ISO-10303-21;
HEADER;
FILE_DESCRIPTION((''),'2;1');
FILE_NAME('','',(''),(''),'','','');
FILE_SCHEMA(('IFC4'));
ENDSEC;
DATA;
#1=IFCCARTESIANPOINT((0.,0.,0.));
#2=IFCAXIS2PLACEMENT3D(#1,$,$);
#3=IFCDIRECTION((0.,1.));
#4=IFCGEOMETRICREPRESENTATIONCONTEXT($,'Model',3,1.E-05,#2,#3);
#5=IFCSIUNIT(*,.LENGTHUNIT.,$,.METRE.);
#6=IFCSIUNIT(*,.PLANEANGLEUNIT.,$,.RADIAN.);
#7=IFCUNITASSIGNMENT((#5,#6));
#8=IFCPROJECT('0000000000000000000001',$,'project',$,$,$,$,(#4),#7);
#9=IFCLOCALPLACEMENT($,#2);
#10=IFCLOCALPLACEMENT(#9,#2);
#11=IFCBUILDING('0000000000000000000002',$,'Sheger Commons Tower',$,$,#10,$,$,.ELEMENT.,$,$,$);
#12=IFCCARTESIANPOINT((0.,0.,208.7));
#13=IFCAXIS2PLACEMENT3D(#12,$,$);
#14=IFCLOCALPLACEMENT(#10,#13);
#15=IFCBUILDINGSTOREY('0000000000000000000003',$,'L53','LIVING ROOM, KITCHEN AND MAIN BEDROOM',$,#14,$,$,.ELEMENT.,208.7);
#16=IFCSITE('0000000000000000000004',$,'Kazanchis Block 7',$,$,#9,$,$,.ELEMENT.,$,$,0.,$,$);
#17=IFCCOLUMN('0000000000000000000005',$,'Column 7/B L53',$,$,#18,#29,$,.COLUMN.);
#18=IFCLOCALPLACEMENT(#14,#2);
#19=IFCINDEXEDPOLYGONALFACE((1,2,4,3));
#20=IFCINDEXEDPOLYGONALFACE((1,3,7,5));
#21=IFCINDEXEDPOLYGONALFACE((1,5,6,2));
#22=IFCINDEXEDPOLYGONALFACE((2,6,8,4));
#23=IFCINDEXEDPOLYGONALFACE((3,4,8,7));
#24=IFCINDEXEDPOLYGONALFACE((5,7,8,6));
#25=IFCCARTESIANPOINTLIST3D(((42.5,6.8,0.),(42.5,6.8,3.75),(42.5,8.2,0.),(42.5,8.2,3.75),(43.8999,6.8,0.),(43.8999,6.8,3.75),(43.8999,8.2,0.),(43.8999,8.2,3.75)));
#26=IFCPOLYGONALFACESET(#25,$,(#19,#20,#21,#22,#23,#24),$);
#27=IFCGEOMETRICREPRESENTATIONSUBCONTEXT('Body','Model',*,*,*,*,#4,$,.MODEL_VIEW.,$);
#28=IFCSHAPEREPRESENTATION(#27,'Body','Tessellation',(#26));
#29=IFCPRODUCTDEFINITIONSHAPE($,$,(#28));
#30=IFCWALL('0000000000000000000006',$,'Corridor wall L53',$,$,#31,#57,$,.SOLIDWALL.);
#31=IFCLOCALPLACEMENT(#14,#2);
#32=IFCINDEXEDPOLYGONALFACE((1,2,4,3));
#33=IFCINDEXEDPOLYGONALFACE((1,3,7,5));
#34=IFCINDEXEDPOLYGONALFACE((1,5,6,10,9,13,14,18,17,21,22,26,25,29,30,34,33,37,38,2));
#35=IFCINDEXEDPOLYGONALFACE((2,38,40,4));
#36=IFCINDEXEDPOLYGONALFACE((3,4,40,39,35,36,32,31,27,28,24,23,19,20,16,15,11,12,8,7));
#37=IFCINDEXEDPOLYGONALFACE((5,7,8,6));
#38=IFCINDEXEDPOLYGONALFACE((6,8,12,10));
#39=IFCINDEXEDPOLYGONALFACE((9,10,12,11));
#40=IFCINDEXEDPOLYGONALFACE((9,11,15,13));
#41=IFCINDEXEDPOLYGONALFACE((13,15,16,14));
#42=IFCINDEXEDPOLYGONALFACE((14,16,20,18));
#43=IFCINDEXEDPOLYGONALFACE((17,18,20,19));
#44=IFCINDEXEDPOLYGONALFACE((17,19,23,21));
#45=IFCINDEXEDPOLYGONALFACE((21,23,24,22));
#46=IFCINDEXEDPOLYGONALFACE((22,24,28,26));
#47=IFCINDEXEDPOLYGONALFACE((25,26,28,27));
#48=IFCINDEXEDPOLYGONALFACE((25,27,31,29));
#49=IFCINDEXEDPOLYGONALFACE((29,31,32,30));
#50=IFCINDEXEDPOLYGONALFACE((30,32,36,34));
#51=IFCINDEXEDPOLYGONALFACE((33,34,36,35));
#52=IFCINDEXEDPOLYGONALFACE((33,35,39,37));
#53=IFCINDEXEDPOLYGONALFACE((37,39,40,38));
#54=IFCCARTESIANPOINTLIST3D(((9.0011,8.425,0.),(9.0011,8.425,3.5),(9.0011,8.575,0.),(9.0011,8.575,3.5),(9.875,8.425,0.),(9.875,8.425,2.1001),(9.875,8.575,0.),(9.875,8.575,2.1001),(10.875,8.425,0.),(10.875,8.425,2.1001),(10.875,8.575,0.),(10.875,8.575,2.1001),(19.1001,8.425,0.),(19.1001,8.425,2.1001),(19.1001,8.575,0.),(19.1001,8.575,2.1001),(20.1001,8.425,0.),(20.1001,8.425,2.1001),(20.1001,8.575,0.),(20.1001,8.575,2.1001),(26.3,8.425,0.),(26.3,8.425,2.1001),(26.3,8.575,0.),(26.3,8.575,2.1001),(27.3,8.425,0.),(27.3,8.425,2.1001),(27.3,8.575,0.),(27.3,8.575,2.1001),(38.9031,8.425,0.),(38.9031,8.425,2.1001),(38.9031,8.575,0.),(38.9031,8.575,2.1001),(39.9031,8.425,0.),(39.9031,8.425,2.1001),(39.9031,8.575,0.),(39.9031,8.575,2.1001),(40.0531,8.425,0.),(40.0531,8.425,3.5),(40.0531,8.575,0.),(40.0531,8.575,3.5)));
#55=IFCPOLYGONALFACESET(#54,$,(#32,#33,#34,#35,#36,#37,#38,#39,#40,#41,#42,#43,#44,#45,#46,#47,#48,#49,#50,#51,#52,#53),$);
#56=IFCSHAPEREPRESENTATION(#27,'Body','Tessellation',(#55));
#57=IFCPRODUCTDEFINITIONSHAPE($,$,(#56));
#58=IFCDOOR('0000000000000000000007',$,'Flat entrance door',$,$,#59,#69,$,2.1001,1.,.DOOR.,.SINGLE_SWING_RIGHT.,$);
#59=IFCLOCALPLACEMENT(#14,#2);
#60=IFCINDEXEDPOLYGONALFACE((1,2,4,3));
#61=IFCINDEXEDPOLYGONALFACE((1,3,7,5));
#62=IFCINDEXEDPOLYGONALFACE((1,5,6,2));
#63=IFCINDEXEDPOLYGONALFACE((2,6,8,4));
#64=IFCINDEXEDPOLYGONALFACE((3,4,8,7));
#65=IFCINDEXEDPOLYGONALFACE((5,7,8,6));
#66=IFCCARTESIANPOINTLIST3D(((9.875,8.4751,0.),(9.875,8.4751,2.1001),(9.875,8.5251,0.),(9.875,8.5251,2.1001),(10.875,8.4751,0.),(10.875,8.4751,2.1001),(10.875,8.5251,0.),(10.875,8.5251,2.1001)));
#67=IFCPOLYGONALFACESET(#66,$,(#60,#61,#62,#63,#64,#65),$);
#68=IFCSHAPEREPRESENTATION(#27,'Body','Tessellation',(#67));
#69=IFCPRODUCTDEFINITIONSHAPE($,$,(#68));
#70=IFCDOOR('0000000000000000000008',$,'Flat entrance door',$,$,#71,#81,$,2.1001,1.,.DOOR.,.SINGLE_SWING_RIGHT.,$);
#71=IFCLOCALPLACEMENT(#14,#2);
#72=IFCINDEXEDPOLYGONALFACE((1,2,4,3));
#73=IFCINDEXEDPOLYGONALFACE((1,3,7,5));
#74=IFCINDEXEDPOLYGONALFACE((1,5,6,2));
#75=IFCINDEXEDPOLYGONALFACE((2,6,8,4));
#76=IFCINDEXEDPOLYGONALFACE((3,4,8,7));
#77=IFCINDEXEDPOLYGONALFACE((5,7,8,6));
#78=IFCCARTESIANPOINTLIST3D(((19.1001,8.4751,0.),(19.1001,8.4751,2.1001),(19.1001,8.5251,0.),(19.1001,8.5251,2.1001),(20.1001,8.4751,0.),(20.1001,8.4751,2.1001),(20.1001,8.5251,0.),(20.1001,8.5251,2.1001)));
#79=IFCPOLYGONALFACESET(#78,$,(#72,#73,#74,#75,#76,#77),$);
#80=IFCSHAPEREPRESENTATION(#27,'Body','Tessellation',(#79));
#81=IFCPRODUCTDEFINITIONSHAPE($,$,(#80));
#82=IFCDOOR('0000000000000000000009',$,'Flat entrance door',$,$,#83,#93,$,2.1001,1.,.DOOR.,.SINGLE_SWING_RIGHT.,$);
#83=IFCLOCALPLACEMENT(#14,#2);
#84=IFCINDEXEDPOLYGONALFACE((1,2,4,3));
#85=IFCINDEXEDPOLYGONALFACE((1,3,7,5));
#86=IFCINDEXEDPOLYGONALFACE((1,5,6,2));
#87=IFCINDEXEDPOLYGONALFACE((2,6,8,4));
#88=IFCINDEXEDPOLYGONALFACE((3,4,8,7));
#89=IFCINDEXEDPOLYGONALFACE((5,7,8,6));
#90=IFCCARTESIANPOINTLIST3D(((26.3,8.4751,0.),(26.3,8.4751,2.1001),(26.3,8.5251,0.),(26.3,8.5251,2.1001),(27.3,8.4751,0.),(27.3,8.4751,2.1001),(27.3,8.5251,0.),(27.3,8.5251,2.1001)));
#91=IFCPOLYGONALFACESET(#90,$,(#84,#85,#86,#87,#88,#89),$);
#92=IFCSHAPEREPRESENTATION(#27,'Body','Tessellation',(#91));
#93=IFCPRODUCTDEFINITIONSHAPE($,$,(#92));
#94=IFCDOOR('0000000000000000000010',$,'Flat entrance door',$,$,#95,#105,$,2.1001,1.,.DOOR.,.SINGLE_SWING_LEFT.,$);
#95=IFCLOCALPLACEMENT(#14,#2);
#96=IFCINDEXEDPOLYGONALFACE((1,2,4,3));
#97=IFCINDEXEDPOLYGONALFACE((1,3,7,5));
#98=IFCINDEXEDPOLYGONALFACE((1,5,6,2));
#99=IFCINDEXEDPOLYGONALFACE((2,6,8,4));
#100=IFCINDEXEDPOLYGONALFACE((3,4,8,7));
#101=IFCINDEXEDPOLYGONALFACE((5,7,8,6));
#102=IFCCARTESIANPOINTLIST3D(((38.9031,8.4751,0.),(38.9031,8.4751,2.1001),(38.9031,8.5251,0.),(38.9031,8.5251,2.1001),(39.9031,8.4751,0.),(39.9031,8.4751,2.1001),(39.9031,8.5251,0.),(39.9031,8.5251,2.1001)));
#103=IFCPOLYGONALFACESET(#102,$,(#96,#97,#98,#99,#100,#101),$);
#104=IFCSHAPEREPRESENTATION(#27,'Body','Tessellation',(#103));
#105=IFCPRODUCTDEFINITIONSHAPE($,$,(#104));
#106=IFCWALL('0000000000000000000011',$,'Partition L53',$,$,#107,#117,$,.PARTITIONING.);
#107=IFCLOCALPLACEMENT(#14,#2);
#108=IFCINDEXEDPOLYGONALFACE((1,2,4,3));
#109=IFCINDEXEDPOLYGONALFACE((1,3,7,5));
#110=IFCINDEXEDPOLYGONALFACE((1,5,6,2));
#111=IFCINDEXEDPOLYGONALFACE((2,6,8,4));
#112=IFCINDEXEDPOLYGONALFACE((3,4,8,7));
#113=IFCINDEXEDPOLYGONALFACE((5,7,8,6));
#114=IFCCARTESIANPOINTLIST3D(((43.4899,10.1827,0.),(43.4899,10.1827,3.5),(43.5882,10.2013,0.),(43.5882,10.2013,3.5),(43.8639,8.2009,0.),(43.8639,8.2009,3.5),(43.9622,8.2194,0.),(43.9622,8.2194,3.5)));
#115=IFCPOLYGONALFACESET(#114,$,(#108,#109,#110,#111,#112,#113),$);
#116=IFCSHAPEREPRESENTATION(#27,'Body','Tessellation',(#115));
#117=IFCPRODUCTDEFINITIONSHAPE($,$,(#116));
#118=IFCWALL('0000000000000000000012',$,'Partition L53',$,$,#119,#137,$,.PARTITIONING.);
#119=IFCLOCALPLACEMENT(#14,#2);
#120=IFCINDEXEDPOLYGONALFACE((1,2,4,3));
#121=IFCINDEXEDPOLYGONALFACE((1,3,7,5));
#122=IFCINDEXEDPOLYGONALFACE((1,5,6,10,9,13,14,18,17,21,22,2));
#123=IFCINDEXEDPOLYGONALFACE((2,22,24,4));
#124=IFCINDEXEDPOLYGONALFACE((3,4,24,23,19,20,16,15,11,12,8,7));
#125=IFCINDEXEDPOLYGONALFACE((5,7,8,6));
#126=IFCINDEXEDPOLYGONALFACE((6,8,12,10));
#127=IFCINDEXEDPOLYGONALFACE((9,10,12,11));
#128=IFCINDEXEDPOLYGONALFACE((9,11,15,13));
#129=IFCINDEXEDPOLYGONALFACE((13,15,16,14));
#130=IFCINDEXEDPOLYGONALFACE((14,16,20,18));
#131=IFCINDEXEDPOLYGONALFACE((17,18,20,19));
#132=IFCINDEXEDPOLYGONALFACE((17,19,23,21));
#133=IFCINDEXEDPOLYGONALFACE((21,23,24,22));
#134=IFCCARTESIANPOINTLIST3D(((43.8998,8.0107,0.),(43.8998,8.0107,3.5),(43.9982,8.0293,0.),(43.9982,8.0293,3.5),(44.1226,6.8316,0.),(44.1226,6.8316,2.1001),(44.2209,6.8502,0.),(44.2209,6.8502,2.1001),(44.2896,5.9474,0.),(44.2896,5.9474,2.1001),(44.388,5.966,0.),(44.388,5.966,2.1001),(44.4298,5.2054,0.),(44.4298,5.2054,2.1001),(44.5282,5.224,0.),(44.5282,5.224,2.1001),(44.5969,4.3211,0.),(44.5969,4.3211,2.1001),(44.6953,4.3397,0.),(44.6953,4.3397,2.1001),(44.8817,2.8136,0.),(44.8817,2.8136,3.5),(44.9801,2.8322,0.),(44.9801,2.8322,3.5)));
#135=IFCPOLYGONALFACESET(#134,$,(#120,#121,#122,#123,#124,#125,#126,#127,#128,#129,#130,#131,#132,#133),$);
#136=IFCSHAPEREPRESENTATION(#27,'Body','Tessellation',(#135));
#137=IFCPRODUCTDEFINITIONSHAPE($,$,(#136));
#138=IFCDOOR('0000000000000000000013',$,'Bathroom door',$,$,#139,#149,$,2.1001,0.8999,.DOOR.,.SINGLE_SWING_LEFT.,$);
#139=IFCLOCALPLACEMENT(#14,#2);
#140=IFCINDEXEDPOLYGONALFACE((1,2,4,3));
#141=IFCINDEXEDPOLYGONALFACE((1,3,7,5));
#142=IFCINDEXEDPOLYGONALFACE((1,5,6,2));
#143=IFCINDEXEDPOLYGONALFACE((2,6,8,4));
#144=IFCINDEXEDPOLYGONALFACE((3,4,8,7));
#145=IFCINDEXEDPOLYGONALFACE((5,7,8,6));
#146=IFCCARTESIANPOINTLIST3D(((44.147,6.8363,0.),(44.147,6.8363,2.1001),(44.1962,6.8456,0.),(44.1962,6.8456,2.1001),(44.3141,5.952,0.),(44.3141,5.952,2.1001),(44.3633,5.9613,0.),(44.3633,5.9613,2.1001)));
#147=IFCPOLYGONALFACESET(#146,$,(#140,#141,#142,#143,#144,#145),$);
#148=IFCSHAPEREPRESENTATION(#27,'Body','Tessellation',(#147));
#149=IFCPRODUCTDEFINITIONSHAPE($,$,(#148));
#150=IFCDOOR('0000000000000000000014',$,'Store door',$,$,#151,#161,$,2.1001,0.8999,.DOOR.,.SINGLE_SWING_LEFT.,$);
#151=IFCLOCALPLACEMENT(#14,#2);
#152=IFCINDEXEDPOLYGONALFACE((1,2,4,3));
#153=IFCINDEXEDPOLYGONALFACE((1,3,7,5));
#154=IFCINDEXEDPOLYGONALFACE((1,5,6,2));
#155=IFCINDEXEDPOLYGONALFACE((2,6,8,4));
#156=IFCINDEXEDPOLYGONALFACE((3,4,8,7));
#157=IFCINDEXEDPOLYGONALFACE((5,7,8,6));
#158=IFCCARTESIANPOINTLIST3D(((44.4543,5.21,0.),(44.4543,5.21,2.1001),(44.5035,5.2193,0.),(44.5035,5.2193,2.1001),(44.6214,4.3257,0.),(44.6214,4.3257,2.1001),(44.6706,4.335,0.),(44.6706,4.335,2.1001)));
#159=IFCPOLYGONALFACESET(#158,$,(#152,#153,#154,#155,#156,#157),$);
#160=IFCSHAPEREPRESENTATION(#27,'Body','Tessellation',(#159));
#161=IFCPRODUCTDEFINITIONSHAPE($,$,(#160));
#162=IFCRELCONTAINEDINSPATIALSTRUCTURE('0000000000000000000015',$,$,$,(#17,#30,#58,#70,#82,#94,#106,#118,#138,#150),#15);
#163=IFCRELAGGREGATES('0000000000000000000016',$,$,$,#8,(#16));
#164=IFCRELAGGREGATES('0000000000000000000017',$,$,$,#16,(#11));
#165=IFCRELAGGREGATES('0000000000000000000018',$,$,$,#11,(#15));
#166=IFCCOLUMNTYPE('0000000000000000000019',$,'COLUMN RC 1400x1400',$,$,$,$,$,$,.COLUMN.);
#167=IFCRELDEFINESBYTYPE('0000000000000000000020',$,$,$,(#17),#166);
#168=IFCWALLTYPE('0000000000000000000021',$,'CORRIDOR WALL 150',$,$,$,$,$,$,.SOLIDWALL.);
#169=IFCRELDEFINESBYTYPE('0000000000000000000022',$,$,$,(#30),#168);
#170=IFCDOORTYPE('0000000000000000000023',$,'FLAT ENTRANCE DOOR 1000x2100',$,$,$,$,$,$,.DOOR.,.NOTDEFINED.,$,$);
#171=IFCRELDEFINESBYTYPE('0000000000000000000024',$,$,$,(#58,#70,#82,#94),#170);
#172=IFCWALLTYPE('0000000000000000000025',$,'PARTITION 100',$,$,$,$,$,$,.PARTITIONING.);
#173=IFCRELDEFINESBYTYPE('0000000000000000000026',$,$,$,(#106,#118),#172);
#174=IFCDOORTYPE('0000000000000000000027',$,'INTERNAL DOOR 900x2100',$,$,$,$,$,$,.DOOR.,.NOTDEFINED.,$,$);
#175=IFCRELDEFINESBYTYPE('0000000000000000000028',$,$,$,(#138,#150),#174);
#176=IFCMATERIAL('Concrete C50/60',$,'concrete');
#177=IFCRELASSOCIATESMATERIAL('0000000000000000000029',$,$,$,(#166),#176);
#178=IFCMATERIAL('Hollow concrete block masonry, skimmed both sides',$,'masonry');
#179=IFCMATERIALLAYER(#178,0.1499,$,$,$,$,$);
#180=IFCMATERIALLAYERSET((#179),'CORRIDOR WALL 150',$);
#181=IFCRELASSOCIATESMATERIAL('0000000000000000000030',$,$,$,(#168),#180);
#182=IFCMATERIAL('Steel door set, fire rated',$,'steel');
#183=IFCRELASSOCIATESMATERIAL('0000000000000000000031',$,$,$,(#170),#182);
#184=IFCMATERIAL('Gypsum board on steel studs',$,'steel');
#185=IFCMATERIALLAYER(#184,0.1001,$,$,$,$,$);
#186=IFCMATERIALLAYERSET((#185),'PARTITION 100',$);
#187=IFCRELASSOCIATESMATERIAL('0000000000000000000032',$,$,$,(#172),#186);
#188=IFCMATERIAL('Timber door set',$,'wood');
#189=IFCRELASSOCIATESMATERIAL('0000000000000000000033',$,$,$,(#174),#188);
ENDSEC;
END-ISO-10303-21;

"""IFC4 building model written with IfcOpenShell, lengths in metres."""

from ifc_helpers import new_model, si_unit, direction, frame, frame_2d, origin, origin_2d, place, context, subcontext, project, spatial, rectangle, extrude, material, layer, layer_set, material_profile, profile_set, type_object, element, fill, save


model = new_model("IFC4")

# Units and contexts
model_context = context("Model", 3, precision=1e-05, world=origin(), true_north=direction((0.0, 1.0)))
body_context = subcontext(model_context, "Body", "Model", "MODEL_VIEW")
ifc_project = project(units=[si_unit("LENGTHUNIT", "METRE"), si_unit("PLANEANGLEUNIT", "RADIAN")], contexts=[model_context])

# Site, building, storey
site_placement = place(None, origin())
site = spatial("IfcSite", under=ifc_project, at=site_placement, Name="Kazanchis Block 7", CompositionType="ELEMENT", RefElevation=0.0)
building_placement = place(site_placement, origin())
building = spatial("IfcBuilding", under=site, at=building_placement, Name="Sheger Commons Tower", CompositionType="ELEMENT")
storey_placement = place(building_placement, frame((0.0, 0.0, 208.7)))
storey = spatial("IfcBuildingStorey", under=building, at=storey_placement, Name="L53", Description="LIVING ROOM, KITCHEN AND MAIN BEDROOM", CompositionType="ELEMENT", Elevation=208.7)

# Column
ifc_material_1 = material(Name="Concrete C50/60", Category="concrete")
ifc_material_profile = material_profile(ifc_material_1, rectangle(XDim=1.3999, YDim=1.3999, at=origin_2d()), Name="RC 1400x1400")
ifc_profile_set = profile_set([ifc_material_profile], Name="Concrete C50/60")
column_type = type_object("IfcColumnType", Name="COLUMN RC 1400x1400", PredefinedType="COLUMN", material=ifc_profile_set)
column_placement = place(storey_placement, frame((43.2, 7.5, 0.0), z_axis=(0.0, 0.0, 1.0), x_axis=(1.0, 0.0, 0.0)))
element("IfcColumn", 1, at=column_placement, inside=storey, type_object=column_type, Name="Column 7/B L53", PredefinedType="COLUMN", context=body_context, shape_type="SweptSolid", body=[
    extrude(rectangle(XDim=1.3999, YDim=1.3999, at=origin_2d()), origin(), (0.0, 0.0, 1.0), 3.75),
])

# Wall, openings, doors
ifc_material_2 = material(Name="Hollow concrete block masonry, skimmed both sides", Category="masonry")
ifc_layer_1 = layer(ifc_material_2, 0.1499)
ifc_layer_set_1 = layer_set([ifc_layer_1], Name="CORRIDOR WALL 150")
wall_type_1 = type_object("IfcWallType", Name="CORRIDOR WALL 150", PredefinedType="SOLIDWALL", material=ifc_layer_set_1)
wall_1_placement = place(storey_placement, frame((40.053, 8.5, 0.0), z_axis=(0.0, 0.0, 1.0), x_axis=(-1.0, 0.0, 0.0)))
wall_1 = element("IfcWall", 2, at=wall_1_placement, inside=storey, type_object=wall_type_1, Name="Corridor wall L53", PredefinedType="SOLIDWALL", context=body_context, shape_type="SweptSolid", body=[
    extrude(rectangle(XDim=31.052, YDim=0.1499, at=frame_2d((15.5259, 0.0))), origin(), (0.0, 0.0, 1.0), 3.5),
])
opening_1_placement = place(wall_1_placement, frame((29.178, 0.0, 0.0)))
opening_1 = element("IfcOpeningElement", 3, at=opening_1_placement, cuts=wall_1, PredefinedType="OPENING", context=body_context, shape_type="SweptSolid", body=[
    extrude(rectangle(XDim=1.0, YDim=2.1001, at=frame_2d((0.5, 1.05))), frame((0.0, 0.085, 0.0), z_axis=(0.0, -1.0, 0.0), x_axis=(1.0, 0.0, 0.0)), (0.0, 0.0, 1.0), 0.1699),
])
opening_2_placement = place(wall_1_placement, frame((19.9529, 0.0, 0.0)))
opening_2 = element("IfcOpeningElement", 4, at=opening_2_placement, cuts=wall_1, PredefinedType="OPENING", context=body_context, shape_type="SweptSolid", body=[
    extrude(rectangle(XDim=1.0, YDim=2.1001, at=frame_2d((0.5, 1.05))), frame((0.0, 0.085, 0.0), z_axis=(0.0, -1.0, 0.0), x_axis=(1.0, 0.0, 0.0)), (0.0, 0.0, 1.0), 0.1699),
])
opening_3_placement = place(wall_1_placement, frame((12.7529, 0.0, 0.0)))
opening_3 = element("IfcOpeningElement", 5, at=opening_3_placement, cuts=wall_1, PredefinedType="OPENING", context=body_context, shape_type="SweptSolid", body=[
    extrude(rectangle(XDim=1.0, YDim=2.1001, at=frame_2d((0.5, 1.05))), frame((0.0, 0.085, 0.0), z_axis=(0.0, -1.0, 0.0), x_axis=(1.0, 0.0, 0.0)), (0.0, 0.0, 1.0), 0.1699),
])
opening_4_placement = place(wall_1_placement, frame((0.1499, 0.0, 0.0)))
opening_4 = element("IfcOpeningElement", 6, at=opening_4_placement, cuts=wall_1, PredefinedType="OPENING", context=body_context, shape_type="SweptSolid", body=[
    extrude(rectangle(XDim=1.0, YDim=2.1001, at=frame_2d((0.5, 1.05))), frame((0.0, 0.085, 0.0), z_axis=(0.0, -1.0, 0.0), x_axis=(1.0, 0.0, 0.0)), (0.0, 0.0, 1.0), 0.1699),
])
ifc_material_3 = material(Name="Steel door set, fire rated", Category="steel")
door_type_1 = type_object("IfcDoorType", Name="FLAT ENTRANCE DOOR 1000x2100", OperationType="NOTDEFINED", PredefinedType="DOOR", material=ifc_material_3)
door_1_placement = place(opening_1_placement, origin())
door_1 = element("IfcDoor", 7, at=door_1_placement, inside=storey, type_object=door_type_1, Name="Flat entrance door", OperationType="SINGLE_SWING_RIGHT", OverallHeight=2.1001, OverallWidth=1.0, PredefinedType="DOOR", context=body_context, shape_type="SweptSolid", body=[
    extrude(rectangle(XDim=1.0, YDim=2.1001, at=frame_2d((0.5, 1.05))), frame((0.0, 0.0249, 0.0), z_axis=(0.0, -1.0, 0.0), x_axis=(1.0, 0.0, 0.0)), (0.0, 0.0, 1.0), 0.05),
])
fill(opening_1, door_1)
door_2_placement = place(opening_2_placement, origin())
door_2 = element("IfcDoor", 8, at=door_2_placement, inside=storey, type_object=door_type_1, Name="Flat entrance door", OperationType="SINGLE_SWING_RIGHT", OverallHeight=2.1001, OverallWidth=1.0, PredefinedType="DOOR", context=body_context, shape_type="SweptSolid", body=[
    extrude(rectangle(XDim=1.0, YDim=2.1001, at=frame_2d((0.5, 1.05))), frame((0.0, 0.0249, 0.0), z_axis=(0.0, -1.0, 0.0), x_axis=(1.0, 0.0, 0.0)), (0.0, 0.0, 1.0), 0.05),
])
fill(opening_2, door_2)
door_3_placement = place(opening_3_placement, origin())
door_3 = element("IfcDoor", 9, at=door_3_placement, inside=storey, type_object=door_type_1, Name="Flat entrance door", OperationType="SINGLE_SWING_RIGHT", OverallHeight=2.1001, OverallWidth=1.0, PredefinedType="DOOR", context=body_context, shape_type="SweptSolid", body=[
    extrude(rectangle(XDim=1.0, YDim=2.1001, at=frame_2d((0.5, 1.05))), frame((0.0, 0.0249, 0.0), z_axis=(0.0, -1.0, 0.0), x_axis=(1.0, 0.0, 0.0)), (0.0, 0.0, 1.0), 0.05),
])
fill(opening_3, door_3)
door_4_placement = place(opening_4_placement, origin())
door_4 = element("IfcDoor", 10, at=door_4_placement, inside=storey, type_object=door_type_1, Name="Flat entrance door", OperationType="SINGLE_SWING_LEFT", OverallHeight=2.1001, OverallWidth=1.0, PredefinedType="DOOR", context=body_context, shape_type="SweptSolid", body=[
    extrude(rectangle(XDim=1.0, YDim=2.1001, at=frame_2d((0.5, 1.05))), frame((0.0, 0.0249, 0.0), z_axis=(0.0, -1.0, 0.0), x_axis=(1.0, 0.0, 0.0)), (0.0, 0.0, 1.0), 0.05),
])
fill(opening_4, door_4)

# Wall
ifc_material_4 = material(Name="Gypsum board on steel studs", Category="steel")
ifc_layer_2 = layer(ifc_material_4, 0.1001)
ifc_layer_set_2 = layer_set([ifc_layer_2], Name="PARTITION 100")
wall_type_2 = type_object("IfcWallType", Name="PARTITION 100", PredefinedType="PARTITIONING", material=ifc_layer_set_2)
wall_2_placement = place(storey_placement, frame((43.5391, 10.1919, 0.0), z_axis=(0.0, 0.0, 1.0), x_axis=(0.185443, -0.982655, 0.0)))
element("IfcWall", 11, at=wall_2_placement, inside=storey, type_object=wall_type_2, Name="Partition L53", PredefinedType="PARTITIONING", context=body_context, shape_type="SweptSolid", body=[
    extrude(rectangle(XDim=2.0168, YDim=0.1001, at=frame_2d((1.0083, 0.0))), origin(), (0.0, 0.0, 1.0), 3.5),
])

# Wall, openings, doors
wall_3_placement = place(storey_placement, frame((43.949, 8.02, 0.0), z_axis=(0.0, 0.0, 1.0), x_axis=(0.185657, -0.982615, 0.0)))
wall_3 = element("IfcWall", 12, at=wall_3_placement, inside=storey, type_object=wall_type_2, Name="Partition L53", PredefinedType="PARTITIONING", context=body_context, shape_type="SweptSolid", body=[
    extrude(rectangle(XDim=5.2891, YDim=0.1001, at=frame_2d((2.6445, 0.0))), origin(), (0.0, 0.0, 1.0), 3.5),
])
opening_5_placement = place(wall_3_placement, frame((1.2, 0.0, 0.0)))
opening_5 = element("IfcOpeningElement", 13, at=opening_5_placement, cuts=wall_3, PredefinedType="OPENING", context=body_context, shape_type="SweptSolid", body=[
    extrude(rectangle(XDim=0.8999, YDim=2.1001, at=frame_2d((0.45, 1.05))), frame((0.0, 0.0601, 0.0), z_axis=(0.0, -1.0, 0.0), x_axis=(1.0, 0.0, 0.0)), (0.0, 0.0, 1.0), 0.1201),
])
opening_6_placement = place(wall_3_placement, frame((2.855, 0.0, 0.0)))
opening_6 = element("IfcOpeningElement", 14, at=opening_6_placement, cuts=wall_3, PredefinedType="OPENING", context=body_context, shape_type="SweptSolid", body=[
    extrude(rectangle(XDim=0.8999, YDim=2.1001, at=frame_2d((0.45, 1.05))), frame((0.0, 0.0601, 0.0), z_axis=(0.0, -1.0, 0.0), x_axis=(1.0, 0.0, 0.0)), (0.0, 0.0, 1.0), 0.1201),
])
ifc_material_5 = material(Name="Timber door set", Category="wood")
door_type_2 = type_object("IfcDoorType", Name="INTERNAL DOOR 900x2100", OperationType="NOTDEFINED", PredefinedType="DOOR", material=ifc_material_5)
door_5_placement = place(opening_5_placement, origin())
door_5 = element("IfcDoor", 15, at=door_5_placement, inside=storey, type_object=door_type_2, Name="Bathroom door", OperationType="SINGLE_SWING_LEFT", OverallHeight=2.1001, OverallWidth=0.8999, PredefinedType="DOOR", context=body_context, shape_type="SweptSolid", body=[
    extrude(rectangle(XDim=0.8999, YDim=2.1001, at=frame_2d((0.45, 1.05))), frame((0.0, 0.0249, 0.0), z_axis=(0.0, -1.0, 0.0), x_axis=(1.0, 0.0, 0.0)), (0.0, 0.0, 1.0), 0.05),
])
fill(opening_5, door_5)
door_6_placement = place(opening_6_placement, origin())
door_6 = element("IfcDoor", 16, at=door_6_placement, inside=storey, type_object=door_type_2, Name="Store door", OperationType="SINGLE_SWING_LEFT", OverallHeight=2.1001, OverallWidth=0.8999, PredefinedType="DOOR", context=body_context, shape_type="SweptSolid", body=[
    extrude(rectangle(XDim=0.8999, YDim=2.1001, at=frame_2d((0.45, 1.05))), frame((0.0, 0.0249, 0.0), z_axis=(0.0, -1.0, 0.0), x_axis=(1.0, 0.0, 0.0)), (0.0, 0.0, 1.0), 0.05),
])
fill(opening_6, door_6)

save(model, "model.ifc")
